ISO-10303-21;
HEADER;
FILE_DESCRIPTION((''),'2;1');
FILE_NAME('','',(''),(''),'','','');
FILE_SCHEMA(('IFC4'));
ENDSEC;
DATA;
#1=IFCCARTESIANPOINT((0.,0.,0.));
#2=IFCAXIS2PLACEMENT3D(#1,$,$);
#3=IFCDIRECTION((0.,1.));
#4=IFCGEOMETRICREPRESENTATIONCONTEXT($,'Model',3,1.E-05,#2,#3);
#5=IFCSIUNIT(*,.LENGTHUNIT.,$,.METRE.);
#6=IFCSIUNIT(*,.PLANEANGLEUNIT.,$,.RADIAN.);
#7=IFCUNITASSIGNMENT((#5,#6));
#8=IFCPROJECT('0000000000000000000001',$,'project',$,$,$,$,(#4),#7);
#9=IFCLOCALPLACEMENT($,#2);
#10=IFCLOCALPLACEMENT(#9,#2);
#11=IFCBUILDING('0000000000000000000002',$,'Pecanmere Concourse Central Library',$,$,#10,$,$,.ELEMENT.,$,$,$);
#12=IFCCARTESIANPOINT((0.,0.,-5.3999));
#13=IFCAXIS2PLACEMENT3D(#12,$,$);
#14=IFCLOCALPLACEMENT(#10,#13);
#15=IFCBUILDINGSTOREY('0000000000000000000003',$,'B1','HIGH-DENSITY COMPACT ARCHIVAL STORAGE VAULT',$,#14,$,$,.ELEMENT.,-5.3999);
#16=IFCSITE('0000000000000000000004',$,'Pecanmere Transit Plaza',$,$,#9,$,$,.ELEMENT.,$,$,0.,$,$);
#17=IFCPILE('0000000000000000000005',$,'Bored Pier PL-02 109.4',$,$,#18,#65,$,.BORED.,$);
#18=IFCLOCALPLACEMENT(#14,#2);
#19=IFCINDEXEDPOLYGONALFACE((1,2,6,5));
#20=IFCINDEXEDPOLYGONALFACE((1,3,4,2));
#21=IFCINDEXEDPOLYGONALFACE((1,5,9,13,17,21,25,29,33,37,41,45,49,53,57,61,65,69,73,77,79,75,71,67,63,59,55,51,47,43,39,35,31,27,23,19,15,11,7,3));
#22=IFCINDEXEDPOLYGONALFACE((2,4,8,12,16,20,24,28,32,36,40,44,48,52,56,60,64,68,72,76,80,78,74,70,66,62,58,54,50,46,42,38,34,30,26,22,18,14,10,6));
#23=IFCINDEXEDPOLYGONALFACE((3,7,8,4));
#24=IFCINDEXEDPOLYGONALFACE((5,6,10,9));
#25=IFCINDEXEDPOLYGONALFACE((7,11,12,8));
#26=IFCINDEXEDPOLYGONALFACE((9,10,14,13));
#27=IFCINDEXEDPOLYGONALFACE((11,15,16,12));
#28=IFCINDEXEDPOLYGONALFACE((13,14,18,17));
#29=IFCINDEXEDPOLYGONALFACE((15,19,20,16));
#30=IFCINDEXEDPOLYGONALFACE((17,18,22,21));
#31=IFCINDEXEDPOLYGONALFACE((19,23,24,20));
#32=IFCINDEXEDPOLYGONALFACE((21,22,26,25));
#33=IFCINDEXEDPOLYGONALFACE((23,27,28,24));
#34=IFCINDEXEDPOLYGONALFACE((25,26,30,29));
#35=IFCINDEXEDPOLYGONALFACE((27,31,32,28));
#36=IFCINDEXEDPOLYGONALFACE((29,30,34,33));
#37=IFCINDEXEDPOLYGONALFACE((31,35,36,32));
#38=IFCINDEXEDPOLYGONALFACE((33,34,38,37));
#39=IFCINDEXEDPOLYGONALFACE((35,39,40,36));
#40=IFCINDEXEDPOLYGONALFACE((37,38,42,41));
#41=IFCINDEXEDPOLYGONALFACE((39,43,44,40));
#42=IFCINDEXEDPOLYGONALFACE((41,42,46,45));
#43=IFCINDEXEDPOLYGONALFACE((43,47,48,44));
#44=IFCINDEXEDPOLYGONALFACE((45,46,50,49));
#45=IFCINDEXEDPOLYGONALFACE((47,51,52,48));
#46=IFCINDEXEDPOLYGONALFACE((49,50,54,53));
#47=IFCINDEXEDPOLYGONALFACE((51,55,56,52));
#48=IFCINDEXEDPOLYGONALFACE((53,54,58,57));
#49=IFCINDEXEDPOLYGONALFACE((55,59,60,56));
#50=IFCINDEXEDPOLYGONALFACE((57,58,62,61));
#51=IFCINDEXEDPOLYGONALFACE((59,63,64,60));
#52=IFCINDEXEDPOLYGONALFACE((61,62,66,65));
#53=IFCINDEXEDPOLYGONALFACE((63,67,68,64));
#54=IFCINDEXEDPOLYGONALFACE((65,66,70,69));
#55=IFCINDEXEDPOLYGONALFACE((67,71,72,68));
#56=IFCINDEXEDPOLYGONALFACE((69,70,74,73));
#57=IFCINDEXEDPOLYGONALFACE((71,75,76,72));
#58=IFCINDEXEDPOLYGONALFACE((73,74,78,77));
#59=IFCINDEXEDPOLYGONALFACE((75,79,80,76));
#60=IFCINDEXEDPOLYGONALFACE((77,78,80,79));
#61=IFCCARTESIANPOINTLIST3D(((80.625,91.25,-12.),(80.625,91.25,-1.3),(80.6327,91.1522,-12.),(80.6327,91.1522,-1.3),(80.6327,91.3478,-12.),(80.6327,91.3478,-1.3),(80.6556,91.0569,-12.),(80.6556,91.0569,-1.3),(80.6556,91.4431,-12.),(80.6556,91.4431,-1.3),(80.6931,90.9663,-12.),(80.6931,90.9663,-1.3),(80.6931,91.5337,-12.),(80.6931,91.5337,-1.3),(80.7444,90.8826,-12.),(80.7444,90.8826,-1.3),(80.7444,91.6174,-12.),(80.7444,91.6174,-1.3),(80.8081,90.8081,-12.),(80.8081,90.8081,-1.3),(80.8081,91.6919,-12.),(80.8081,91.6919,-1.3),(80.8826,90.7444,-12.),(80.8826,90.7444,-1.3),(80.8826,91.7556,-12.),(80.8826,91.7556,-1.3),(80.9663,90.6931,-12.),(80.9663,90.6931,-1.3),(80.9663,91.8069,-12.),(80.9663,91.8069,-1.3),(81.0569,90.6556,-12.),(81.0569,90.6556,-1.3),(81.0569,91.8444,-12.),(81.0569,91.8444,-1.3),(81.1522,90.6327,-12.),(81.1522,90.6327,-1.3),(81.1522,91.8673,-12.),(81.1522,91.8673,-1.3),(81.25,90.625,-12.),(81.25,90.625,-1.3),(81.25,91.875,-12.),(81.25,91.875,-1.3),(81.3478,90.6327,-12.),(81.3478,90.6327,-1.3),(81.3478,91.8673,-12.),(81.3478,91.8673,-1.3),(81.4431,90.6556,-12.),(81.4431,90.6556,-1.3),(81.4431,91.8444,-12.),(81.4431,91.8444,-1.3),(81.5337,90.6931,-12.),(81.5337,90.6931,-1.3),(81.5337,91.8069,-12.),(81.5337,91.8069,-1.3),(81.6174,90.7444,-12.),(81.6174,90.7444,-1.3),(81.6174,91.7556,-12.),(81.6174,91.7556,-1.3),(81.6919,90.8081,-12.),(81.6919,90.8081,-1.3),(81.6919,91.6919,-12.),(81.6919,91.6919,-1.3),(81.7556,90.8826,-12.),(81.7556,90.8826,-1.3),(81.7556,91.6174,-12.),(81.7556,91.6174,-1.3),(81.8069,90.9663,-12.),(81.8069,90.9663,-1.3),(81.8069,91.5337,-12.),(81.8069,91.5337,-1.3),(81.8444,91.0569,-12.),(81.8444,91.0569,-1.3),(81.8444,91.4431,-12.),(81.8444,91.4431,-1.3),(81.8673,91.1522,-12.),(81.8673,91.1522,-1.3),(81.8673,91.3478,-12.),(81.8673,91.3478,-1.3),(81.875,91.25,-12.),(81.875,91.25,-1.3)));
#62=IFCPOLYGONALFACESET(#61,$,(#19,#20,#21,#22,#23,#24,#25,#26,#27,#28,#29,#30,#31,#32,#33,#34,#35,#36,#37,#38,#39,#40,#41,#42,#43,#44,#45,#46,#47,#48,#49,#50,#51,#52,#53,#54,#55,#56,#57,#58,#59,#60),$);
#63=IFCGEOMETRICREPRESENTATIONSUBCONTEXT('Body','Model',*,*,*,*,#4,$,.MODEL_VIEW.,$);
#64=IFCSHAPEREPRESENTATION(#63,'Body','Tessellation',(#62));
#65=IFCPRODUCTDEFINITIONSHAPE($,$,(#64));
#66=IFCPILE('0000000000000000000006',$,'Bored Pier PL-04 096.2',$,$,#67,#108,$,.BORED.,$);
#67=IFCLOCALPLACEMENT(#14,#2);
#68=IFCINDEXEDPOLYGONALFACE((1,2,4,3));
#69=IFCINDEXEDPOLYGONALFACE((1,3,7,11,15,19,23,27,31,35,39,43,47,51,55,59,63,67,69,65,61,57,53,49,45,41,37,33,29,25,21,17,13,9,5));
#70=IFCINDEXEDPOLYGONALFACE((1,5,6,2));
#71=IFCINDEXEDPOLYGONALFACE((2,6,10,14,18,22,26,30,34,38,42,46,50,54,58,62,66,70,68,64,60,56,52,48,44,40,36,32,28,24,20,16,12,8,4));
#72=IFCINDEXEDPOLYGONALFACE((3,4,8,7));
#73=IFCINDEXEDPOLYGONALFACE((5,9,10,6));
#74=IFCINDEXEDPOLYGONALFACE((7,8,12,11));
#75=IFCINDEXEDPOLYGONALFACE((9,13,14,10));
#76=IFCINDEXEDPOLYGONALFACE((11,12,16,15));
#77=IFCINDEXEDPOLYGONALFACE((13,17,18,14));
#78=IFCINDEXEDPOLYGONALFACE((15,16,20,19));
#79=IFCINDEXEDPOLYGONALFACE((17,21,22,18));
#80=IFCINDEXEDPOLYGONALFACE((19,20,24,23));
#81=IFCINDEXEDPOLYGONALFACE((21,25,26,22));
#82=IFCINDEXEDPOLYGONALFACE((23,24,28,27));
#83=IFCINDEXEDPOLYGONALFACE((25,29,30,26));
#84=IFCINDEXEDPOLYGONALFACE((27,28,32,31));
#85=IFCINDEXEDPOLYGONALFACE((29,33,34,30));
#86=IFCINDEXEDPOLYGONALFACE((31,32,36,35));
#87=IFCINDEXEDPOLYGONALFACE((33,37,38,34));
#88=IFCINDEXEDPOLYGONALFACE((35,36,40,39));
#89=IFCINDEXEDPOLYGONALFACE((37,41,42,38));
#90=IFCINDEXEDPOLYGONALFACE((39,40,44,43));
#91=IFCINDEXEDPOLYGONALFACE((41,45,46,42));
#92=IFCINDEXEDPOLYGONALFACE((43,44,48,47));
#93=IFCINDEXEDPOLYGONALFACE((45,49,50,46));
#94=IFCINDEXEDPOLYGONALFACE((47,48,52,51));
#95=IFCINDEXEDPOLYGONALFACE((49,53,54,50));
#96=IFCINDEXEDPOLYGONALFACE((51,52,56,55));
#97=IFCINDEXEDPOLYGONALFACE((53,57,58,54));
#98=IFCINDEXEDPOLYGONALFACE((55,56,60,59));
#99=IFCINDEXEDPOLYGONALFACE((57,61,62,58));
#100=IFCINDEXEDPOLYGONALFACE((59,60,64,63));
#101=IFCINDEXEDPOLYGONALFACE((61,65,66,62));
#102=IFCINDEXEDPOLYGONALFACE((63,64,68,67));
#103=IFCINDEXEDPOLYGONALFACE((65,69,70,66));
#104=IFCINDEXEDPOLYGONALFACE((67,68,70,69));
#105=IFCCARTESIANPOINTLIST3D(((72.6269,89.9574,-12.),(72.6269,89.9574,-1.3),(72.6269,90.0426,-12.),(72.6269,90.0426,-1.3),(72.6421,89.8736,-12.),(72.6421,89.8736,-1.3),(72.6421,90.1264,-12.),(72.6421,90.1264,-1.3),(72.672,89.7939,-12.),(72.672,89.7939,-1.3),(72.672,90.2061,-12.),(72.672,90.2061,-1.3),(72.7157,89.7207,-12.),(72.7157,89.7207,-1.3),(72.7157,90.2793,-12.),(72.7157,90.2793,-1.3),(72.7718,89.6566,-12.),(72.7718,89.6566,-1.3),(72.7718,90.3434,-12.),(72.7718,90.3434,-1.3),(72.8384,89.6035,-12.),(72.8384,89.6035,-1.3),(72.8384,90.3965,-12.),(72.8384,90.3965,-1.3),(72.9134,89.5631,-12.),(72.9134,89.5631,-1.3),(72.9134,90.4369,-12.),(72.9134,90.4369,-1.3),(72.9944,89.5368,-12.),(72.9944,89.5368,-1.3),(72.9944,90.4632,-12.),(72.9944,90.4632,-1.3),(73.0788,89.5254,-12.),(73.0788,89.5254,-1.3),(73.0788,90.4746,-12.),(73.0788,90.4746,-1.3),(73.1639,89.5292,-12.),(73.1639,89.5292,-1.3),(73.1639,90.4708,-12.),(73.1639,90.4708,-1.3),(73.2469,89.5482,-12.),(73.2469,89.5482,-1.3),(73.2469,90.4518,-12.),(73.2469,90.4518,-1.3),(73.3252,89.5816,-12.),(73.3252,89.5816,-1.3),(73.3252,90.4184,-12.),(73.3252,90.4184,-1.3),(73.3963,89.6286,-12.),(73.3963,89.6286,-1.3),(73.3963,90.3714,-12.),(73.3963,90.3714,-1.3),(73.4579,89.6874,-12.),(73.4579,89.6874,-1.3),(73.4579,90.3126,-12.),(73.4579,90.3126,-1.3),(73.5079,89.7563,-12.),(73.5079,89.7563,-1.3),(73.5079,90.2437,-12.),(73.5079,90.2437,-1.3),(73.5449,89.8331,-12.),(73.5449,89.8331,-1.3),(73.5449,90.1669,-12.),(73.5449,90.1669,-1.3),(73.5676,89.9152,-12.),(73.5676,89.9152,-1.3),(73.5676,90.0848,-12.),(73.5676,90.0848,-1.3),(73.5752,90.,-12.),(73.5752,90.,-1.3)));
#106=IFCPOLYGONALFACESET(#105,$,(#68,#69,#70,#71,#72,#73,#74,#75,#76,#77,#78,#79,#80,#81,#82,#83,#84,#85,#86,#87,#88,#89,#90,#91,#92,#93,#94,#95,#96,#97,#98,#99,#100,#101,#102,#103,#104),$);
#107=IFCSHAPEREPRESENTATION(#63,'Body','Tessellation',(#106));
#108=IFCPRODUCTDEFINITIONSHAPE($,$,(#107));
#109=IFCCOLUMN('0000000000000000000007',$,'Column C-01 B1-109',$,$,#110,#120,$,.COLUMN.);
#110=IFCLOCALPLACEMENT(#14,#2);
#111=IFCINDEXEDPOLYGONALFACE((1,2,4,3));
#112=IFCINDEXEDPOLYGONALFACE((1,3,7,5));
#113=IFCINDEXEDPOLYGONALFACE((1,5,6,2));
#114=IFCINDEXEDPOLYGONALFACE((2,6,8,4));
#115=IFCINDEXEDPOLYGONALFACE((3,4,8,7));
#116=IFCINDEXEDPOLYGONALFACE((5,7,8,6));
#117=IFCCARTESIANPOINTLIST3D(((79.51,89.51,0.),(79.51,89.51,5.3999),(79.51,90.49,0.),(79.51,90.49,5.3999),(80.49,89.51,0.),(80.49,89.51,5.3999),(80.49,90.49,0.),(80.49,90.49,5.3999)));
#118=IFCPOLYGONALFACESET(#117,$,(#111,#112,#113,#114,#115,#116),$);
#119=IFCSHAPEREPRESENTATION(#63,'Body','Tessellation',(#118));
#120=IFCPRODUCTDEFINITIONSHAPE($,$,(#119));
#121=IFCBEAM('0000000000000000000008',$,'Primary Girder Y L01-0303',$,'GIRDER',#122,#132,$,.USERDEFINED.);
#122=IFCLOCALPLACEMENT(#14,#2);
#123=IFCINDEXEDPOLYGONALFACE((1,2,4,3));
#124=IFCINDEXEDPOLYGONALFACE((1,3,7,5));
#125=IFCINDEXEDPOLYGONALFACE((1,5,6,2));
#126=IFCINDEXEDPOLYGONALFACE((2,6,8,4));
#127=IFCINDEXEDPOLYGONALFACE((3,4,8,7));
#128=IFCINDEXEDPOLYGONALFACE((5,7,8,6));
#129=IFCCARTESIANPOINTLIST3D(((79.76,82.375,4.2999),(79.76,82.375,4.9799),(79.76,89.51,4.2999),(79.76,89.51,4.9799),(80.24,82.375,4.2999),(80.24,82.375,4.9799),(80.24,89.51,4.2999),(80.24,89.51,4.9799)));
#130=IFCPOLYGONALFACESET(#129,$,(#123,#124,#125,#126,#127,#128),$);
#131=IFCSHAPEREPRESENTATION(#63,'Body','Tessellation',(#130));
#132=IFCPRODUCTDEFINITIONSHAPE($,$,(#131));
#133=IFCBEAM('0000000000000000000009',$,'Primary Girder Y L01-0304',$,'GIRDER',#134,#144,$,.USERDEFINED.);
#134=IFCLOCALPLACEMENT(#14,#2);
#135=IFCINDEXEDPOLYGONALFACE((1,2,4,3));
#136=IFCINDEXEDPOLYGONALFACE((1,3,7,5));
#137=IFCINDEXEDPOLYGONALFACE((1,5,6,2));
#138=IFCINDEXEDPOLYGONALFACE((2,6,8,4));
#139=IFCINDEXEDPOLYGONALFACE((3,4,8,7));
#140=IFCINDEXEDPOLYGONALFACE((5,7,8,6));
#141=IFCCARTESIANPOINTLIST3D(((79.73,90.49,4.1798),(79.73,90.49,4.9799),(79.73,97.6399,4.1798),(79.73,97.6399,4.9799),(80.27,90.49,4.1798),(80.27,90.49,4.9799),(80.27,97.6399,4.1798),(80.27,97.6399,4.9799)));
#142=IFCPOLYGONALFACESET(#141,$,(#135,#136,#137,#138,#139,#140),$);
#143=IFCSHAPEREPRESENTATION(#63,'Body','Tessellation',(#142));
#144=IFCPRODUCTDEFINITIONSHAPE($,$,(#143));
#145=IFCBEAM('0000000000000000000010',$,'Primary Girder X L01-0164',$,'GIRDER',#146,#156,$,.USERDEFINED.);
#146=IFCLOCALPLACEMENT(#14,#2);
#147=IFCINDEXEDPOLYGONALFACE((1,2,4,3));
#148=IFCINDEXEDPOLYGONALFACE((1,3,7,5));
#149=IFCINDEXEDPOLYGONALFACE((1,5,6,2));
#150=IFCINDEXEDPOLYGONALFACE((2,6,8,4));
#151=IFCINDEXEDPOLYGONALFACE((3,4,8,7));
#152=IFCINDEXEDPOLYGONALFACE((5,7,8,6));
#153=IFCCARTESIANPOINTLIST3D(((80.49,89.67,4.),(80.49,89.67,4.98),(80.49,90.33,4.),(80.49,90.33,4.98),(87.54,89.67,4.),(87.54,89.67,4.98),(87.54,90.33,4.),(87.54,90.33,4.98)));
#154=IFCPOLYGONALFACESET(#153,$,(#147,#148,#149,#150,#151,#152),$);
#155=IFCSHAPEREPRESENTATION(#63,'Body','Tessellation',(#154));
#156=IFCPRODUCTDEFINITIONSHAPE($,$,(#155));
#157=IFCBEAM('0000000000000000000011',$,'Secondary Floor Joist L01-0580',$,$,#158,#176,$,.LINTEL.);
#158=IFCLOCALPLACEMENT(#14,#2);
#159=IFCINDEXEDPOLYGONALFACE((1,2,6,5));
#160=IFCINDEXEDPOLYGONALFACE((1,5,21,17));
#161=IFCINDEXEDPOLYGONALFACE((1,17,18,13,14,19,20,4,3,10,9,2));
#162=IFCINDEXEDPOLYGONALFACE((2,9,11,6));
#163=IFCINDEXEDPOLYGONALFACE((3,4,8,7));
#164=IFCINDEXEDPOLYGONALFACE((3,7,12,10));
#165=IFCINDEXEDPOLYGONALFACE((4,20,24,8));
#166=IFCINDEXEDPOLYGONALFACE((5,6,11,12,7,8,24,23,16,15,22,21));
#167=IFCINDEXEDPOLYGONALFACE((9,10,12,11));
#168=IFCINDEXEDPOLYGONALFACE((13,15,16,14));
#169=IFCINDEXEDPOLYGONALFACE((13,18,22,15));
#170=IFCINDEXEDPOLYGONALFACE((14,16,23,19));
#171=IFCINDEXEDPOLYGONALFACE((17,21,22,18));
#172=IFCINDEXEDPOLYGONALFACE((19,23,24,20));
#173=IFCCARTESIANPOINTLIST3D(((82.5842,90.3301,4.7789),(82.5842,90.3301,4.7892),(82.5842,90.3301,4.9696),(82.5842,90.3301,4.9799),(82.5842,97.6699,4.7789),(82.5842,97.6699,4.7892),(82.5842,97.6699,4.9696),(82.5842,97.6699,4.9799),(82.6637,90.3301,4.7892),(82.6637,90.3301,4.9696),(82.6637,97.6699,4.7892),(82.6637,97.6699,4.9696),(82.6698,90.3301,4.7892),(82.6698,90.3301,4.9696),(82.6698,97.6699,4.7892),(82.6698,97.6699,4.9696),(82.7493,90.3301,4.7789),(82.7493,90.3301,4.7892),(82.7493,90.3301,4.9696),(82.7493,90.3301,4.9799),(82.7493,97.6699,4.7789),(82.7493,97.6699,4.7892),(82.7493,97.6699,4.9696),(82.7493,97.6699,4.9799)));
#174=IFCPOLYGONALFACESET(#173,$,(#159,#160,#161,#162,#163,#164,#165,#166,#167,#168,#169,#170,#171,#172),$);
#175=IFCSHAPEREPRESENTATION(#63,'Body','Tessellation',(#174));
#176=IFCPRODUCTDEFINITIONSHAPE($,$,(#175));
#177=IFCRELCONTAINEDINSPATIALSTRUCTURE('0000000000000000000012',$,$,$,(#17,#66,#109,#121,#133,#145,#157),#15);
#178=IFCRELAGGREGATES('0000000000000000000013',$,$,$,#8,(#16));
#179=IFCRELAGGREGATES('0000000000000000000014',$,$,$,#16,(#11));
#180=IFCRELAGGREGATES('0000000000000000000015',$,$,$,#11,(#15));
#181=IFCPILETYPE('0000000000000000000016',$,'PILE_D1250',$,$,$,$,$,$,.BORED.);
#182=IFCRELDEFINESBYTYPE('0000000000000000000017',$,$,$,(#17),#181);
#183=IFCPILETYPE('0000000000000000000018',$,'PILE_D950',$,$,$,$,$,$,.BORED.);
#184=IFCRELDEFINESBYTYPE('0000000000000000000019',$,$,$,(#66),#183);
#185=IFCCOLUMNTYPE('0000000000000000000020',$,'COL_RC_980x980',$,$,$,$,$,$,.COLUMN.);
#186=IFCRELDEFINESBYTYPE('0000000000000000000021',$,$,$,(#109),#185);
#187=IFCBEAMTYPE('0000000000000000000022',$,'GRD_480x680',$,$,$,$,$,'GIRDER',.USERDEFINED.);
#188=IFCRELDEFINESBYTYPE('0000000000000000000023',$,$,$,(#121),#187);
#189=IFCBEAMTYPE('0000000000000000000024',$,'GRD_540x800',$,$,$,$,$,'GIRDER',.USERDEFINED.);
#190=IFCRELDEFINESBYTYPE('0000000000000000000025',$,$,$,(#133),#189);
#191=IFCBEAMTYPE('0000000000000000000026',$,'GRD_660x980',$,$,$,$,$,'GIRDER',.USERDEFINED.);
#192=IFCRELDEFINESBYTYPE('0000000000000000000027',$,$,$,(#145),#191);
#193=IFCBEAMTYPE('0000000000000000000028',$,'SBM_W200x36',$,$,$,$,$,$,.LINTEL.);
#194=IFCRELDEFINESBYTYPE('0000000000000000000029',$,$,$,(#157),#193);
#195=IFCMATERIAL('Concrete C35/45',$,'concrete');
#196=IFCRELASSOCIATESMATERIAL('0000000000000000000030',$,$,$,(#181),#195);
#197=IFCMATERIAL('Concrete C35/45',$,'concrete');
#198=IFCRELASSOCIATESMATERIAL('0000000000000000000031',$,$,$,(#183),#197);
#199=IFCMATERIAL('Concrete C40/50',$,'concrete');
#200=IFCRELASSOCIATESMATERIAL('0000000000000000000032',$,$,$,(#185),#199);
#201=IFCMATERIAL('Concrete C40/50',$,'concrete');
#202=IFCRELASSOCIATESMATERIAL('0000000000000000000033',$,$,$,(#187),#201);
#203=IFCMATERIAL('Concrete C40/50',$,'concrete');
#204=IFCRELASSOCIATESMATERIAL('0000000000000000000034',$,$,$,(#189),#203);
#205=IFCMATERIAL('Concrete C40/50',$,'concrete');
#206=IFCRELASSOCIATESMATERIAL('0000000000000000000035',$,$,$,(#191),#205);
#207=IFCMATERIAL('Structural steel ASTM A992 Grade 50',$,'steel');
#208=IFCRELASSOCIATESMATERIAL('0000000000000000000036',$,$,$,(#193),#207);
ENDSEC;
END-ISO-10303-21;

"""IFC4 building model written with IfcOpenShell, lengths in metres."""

from ifc_helpers import new_model, si_unit, direction, frame, origin, origin_2d, place, context, subcontext, project, spatial, rectangle, circle, i_section, extrude, material, material_profile, profile_set, type_object, element, save


model = new_model("IFC4")

# Units and contexts
model_context = context("Model", 3, precision=1e-05, world=origin(), true_north=direction((0.0, 1.0)))
body_context = subcontext(model_context, "Body", "Model", "MODEL_VIEW")
ifc_project = project(units=[si_unit("LENGTHUNIT", "METRE"), si_unit("PLANEANGLEUNIT", "RADIAN")], contexts=[model_context])

# Site, building, storey
site_placement = place(None, origin())
site = spatial("IfcSite", under=ifc_project, at=site_placement, Name="Pecanmere Transit Plaza", CompositionType="ELEMENT", RefElevation=0.0)
building_placement = place(site_placement, origin())
building = spatial("IfcBuilding", under=site, at=building_placement, Name="Pecanmere Concourse Central Library", CompositionType="ELEMENT")
storey_placement = place(building_placement, frame((0.0, 0.0, -5.3999)))
storey = spatial("IfcBuildingStorey", under=building, at=storey_placement, Name="B1", Description="HIGH-DENSITY COMPACT ARCHIVAL STORAGE VAULT", CompositionType="ELEMENT", Elevation=-5.3999)

# Piles
ifc_material_1 = material(Name="Concrete C35/45", Category="concrete")
ifc_material_profile_1 = material_profile(ifc_material_1, circle(Radius=0.625, at=origin_2d()), Name="PIER D1250")
ifc_profile_set_1 = profile_set([ifc_material_profile_1], Name="Concrete C35/45")
pile_type_1 = type_object("IfcPileType", Name="PILE_D1250", PredefinedType="BORED", material=ifc_profile_set_1)
for number, where, z_axis, x_axis, name in (
    (1, (81.25, 91.25, -1.3), (0.0, 0.0, -1.0), (1.0, 0.0, 0.0), "Bored Pier PL-02 109.4"),
):
    element("IfcPile", number, at=place(storey_placement, frame(where, z_axis=z_axis, x_axis=x_axis)), inside=storey, type_object=pile_type_1, Name=name, PredefinedType="BORED", context=body_context, shape_type="SweptSolid", body=[
        extrude(circle(Radius=0.625, at=origin_2d()), origin(), (0.0, 0.0, 1.0), 10.7),
    ])
ifc_material_2 = material(Name="Concrete C35/45", Category="concrete")
ifc_material_profile_2 = material_profile(ifc_material_2, circle(Radius=0.4751, at=origin_2d()), Name="PIER D950")
ifc_profile_set_2 = profile_set([ifc_material_profile_2], Name="Concrete C35/45")
pile_type_2 = type_object("IfcPileType", Name="PILE_D950", PredefinedType="BORED", material=ifc_profile_set_2)
pile_placement = place(storey_placement, frame((73.1001, 90.0, -1.3), z_axis=(0.0, 0.0, -1.0), x_axis=(1.0, 0.0, 0.0)))
element("IfcPile", 2, at=pile_placement, inside=storey, type_object=pile_type_2, Name="Bored Pier PL-04 096.2", PredefinedType="BORED", context=body_context, shape_type="SweptSolid", body=[
    extrude(circle(Radius=0.4751, at=origin_2d()), origin(), (0.0, 0.0, 1.0), 10.7),
])

# Column
ifc_material_3 = material(Name="Concrete C40/50", Category="concrete")
ifc_material_profile_3 = material_profile(ifc_material_3, rectangle(XDim=0.98, YDim=0.98, at=origin_2d()), Name="RC 980x980")
ifc_profile_set_3 = profile_set([ifc_material_profile_3], Name="Concrete C40/50")
column_type = type_object("IfcColumnType", Name="COL_RC_980x980", PredefinedType="COLUMN", material=ifc_profile_set_3)
column_placement = place(storey_placement, frame((80.0, 90.0, 0.0), z_axis=(0.0, 0.0, 1.0), x_axis=(1.0, 0.0, 0.0)))
element("IfcColumn", 3, at=column_placement, inside=storey, type_object=column_type, Name="Column C-01 B1-109", PredefinedType="COLUMN", context=body_context, shape_type="SweptSolid", body=[
    extrude(rectangle(XDim=0.98, YDim=0.98, at=origin_2d()), origin(), (0.0, 0.0, 1.0), 5.3999),
])

# Beams
ifc_material_4 = material(Name="Concrete C40/50", Category="concrete")
ifc_material_profile_4 = material_profile(ifc_material_4, rectangle(XDim=0.48, YDim=0.6799, at=origin_2d()), Name="RC 480x680")
ifc_profile_set_4 = profile_set([ifc_material_profile_4], Name="Concrete C40/50")
beam_type_1 = type_object("IfcBeamType", Name="GRD_480x680", ElementType="GIRDER", PredefinedType="USERDEFINED", material=ifc_profile_set_4)
beam_1_placement = place(storey_placement, frame((80.0, 82.375, 4.6399), z_axis=(0.0, 1.0, 0.0), x_axis=(-1.0, 0.0, 0.0)))
element("IfcBeam", 4, at=beam_1_placement, inside=storey, type_object=beam_type_1, Name="Primary Girder Y L01-0303", ObjectType="GIRDER", PredefinedType="USERDEFINED", context=body_context, shape_type="SweptSolid", body=[
    extrude(rectangle(XDim=0.48, YDim=0.6799, at=origin_2d()), origin(), (0.0, 0.0, 1.0), 7.135),
])
ifc_material_5 = material(Name="Concrete C40/50", Category="concrete")
ifc_material_profile_5 = material_profile(ifc_material_5, rectangle(XDim=0.54, YDim=0.8, at=origin_2d()), Name="RC 540x800")
ifc_profile_set_5 = profile_set([ifc_material_profile_5], Name="Concrete C40/50")
beam_type_2 = type_object("IfcBeamType", Name="GRD_540x800", ElementType="GIRDER", PredefinedType="USERDEFINED", material=ifc_profile_set_5)
beam_2_placement = place(storey_placement, frame((80.0, 90.49, 4.5798), z_axis=(0.0, 1.0, 0.0), x_axis=(-1.0, 0.0, 0.0)))
element("IfcBeam", 5, at=beam_2_placement, inside=storey, type_object=beam_type_2, Name="Primary Girder Y L01-0304", ObjectType="GIRDER", PredefinedType="USERDEFINED", context=body_context, shape_type="SweptSolid", body=[
    extrude(rectangle(XDim=0.54, YDim=0.8, at=origin_2d()), origin(), (0.0, 0.0, 1.0), 7.1499),
])
ifc_material_6 = material(Name="Concrete C40/50", Category="concrete")
ifc_material_profile_6 = material_profile(ifc_material_6, rectangle(XDim=0.6599, YDim=0.98, at=origin_2d()), Name="RC 660x980")
ifc_profile_set_6 = profile_set([ifc_material_profile_6], Name="Concrete C40/50")
beam_type_3 = type_object("IfcBeamType", Name="GRD_660x980", ElementType="GIRDER", PredefinedType="USERDEFINED", material=ifc_profile_set_6)
beam_3_placement = place(storey_placement, frame((80.49, 90.0, 4.49), z_axis=(1.0, 0.0, 0.0), x_axis=(0.0, 1.0, 0.0)))
element("IfcBeam", 6, at=beam_3_placement, inside=storey, type_object=beam_type_3, Name="Primary Girder X L01-0164", ObjectType="GIRDER", PredefinedType="USERDEFINED", context=body_context, shape_type="SweptSolid", body=[
    extrude(rectangle(XDim=0.6599, YDim=0.98, at=origin_2d()), origin(), (0.0, 0.0, 1.0), 7.05),
])
ifc_material_7 = material(Name="Structural steel ASTM A992 Grade 50", Category="steel")
ifc_material_profile_7 = material_profile(ifc_material_7, i_section(OverallWidth=0.165, OverallDepth=0.2009, WebThickness=0.0061, FlangeThickness=0.0103, at=origin_2d()), Name="W200x35.9")
ifc_profile_set_7 = profile_set([ifc_material_profile_7], Name="Structural steel ASTM A992 Grade 50")
beam_type_4 = type_object("IfcBeamType", Name="SBM_W200x36", PredefinedType="LINTEL", material=ifc_profile_set_7)
beam_4_placement = place(storey_placement, frame((82.6667, 90.3301, 4.8794), z_axis=(0.0, 1.0, 0.0), x_axis=(-1.0, 0.0, 0.0)))
element("IfcBeam", 7, at=beam_4_placement, inside=storey, type_object=beam_type_4, Name="Secondary Floor Joist L01-0580", PredefinedType="LINTEL", context=body_context, shape_type="SweptSolid", body=[
    extrude(i_section(OverallWidth=0.165, OverallDepth=0.2009, WebThickness=0.0061, FlangeThickness=0.0103, at=origin_2d()), origin(), (0.0, 0.0, 1.0), 7.3398),
])

save(model, "model.ifc")
